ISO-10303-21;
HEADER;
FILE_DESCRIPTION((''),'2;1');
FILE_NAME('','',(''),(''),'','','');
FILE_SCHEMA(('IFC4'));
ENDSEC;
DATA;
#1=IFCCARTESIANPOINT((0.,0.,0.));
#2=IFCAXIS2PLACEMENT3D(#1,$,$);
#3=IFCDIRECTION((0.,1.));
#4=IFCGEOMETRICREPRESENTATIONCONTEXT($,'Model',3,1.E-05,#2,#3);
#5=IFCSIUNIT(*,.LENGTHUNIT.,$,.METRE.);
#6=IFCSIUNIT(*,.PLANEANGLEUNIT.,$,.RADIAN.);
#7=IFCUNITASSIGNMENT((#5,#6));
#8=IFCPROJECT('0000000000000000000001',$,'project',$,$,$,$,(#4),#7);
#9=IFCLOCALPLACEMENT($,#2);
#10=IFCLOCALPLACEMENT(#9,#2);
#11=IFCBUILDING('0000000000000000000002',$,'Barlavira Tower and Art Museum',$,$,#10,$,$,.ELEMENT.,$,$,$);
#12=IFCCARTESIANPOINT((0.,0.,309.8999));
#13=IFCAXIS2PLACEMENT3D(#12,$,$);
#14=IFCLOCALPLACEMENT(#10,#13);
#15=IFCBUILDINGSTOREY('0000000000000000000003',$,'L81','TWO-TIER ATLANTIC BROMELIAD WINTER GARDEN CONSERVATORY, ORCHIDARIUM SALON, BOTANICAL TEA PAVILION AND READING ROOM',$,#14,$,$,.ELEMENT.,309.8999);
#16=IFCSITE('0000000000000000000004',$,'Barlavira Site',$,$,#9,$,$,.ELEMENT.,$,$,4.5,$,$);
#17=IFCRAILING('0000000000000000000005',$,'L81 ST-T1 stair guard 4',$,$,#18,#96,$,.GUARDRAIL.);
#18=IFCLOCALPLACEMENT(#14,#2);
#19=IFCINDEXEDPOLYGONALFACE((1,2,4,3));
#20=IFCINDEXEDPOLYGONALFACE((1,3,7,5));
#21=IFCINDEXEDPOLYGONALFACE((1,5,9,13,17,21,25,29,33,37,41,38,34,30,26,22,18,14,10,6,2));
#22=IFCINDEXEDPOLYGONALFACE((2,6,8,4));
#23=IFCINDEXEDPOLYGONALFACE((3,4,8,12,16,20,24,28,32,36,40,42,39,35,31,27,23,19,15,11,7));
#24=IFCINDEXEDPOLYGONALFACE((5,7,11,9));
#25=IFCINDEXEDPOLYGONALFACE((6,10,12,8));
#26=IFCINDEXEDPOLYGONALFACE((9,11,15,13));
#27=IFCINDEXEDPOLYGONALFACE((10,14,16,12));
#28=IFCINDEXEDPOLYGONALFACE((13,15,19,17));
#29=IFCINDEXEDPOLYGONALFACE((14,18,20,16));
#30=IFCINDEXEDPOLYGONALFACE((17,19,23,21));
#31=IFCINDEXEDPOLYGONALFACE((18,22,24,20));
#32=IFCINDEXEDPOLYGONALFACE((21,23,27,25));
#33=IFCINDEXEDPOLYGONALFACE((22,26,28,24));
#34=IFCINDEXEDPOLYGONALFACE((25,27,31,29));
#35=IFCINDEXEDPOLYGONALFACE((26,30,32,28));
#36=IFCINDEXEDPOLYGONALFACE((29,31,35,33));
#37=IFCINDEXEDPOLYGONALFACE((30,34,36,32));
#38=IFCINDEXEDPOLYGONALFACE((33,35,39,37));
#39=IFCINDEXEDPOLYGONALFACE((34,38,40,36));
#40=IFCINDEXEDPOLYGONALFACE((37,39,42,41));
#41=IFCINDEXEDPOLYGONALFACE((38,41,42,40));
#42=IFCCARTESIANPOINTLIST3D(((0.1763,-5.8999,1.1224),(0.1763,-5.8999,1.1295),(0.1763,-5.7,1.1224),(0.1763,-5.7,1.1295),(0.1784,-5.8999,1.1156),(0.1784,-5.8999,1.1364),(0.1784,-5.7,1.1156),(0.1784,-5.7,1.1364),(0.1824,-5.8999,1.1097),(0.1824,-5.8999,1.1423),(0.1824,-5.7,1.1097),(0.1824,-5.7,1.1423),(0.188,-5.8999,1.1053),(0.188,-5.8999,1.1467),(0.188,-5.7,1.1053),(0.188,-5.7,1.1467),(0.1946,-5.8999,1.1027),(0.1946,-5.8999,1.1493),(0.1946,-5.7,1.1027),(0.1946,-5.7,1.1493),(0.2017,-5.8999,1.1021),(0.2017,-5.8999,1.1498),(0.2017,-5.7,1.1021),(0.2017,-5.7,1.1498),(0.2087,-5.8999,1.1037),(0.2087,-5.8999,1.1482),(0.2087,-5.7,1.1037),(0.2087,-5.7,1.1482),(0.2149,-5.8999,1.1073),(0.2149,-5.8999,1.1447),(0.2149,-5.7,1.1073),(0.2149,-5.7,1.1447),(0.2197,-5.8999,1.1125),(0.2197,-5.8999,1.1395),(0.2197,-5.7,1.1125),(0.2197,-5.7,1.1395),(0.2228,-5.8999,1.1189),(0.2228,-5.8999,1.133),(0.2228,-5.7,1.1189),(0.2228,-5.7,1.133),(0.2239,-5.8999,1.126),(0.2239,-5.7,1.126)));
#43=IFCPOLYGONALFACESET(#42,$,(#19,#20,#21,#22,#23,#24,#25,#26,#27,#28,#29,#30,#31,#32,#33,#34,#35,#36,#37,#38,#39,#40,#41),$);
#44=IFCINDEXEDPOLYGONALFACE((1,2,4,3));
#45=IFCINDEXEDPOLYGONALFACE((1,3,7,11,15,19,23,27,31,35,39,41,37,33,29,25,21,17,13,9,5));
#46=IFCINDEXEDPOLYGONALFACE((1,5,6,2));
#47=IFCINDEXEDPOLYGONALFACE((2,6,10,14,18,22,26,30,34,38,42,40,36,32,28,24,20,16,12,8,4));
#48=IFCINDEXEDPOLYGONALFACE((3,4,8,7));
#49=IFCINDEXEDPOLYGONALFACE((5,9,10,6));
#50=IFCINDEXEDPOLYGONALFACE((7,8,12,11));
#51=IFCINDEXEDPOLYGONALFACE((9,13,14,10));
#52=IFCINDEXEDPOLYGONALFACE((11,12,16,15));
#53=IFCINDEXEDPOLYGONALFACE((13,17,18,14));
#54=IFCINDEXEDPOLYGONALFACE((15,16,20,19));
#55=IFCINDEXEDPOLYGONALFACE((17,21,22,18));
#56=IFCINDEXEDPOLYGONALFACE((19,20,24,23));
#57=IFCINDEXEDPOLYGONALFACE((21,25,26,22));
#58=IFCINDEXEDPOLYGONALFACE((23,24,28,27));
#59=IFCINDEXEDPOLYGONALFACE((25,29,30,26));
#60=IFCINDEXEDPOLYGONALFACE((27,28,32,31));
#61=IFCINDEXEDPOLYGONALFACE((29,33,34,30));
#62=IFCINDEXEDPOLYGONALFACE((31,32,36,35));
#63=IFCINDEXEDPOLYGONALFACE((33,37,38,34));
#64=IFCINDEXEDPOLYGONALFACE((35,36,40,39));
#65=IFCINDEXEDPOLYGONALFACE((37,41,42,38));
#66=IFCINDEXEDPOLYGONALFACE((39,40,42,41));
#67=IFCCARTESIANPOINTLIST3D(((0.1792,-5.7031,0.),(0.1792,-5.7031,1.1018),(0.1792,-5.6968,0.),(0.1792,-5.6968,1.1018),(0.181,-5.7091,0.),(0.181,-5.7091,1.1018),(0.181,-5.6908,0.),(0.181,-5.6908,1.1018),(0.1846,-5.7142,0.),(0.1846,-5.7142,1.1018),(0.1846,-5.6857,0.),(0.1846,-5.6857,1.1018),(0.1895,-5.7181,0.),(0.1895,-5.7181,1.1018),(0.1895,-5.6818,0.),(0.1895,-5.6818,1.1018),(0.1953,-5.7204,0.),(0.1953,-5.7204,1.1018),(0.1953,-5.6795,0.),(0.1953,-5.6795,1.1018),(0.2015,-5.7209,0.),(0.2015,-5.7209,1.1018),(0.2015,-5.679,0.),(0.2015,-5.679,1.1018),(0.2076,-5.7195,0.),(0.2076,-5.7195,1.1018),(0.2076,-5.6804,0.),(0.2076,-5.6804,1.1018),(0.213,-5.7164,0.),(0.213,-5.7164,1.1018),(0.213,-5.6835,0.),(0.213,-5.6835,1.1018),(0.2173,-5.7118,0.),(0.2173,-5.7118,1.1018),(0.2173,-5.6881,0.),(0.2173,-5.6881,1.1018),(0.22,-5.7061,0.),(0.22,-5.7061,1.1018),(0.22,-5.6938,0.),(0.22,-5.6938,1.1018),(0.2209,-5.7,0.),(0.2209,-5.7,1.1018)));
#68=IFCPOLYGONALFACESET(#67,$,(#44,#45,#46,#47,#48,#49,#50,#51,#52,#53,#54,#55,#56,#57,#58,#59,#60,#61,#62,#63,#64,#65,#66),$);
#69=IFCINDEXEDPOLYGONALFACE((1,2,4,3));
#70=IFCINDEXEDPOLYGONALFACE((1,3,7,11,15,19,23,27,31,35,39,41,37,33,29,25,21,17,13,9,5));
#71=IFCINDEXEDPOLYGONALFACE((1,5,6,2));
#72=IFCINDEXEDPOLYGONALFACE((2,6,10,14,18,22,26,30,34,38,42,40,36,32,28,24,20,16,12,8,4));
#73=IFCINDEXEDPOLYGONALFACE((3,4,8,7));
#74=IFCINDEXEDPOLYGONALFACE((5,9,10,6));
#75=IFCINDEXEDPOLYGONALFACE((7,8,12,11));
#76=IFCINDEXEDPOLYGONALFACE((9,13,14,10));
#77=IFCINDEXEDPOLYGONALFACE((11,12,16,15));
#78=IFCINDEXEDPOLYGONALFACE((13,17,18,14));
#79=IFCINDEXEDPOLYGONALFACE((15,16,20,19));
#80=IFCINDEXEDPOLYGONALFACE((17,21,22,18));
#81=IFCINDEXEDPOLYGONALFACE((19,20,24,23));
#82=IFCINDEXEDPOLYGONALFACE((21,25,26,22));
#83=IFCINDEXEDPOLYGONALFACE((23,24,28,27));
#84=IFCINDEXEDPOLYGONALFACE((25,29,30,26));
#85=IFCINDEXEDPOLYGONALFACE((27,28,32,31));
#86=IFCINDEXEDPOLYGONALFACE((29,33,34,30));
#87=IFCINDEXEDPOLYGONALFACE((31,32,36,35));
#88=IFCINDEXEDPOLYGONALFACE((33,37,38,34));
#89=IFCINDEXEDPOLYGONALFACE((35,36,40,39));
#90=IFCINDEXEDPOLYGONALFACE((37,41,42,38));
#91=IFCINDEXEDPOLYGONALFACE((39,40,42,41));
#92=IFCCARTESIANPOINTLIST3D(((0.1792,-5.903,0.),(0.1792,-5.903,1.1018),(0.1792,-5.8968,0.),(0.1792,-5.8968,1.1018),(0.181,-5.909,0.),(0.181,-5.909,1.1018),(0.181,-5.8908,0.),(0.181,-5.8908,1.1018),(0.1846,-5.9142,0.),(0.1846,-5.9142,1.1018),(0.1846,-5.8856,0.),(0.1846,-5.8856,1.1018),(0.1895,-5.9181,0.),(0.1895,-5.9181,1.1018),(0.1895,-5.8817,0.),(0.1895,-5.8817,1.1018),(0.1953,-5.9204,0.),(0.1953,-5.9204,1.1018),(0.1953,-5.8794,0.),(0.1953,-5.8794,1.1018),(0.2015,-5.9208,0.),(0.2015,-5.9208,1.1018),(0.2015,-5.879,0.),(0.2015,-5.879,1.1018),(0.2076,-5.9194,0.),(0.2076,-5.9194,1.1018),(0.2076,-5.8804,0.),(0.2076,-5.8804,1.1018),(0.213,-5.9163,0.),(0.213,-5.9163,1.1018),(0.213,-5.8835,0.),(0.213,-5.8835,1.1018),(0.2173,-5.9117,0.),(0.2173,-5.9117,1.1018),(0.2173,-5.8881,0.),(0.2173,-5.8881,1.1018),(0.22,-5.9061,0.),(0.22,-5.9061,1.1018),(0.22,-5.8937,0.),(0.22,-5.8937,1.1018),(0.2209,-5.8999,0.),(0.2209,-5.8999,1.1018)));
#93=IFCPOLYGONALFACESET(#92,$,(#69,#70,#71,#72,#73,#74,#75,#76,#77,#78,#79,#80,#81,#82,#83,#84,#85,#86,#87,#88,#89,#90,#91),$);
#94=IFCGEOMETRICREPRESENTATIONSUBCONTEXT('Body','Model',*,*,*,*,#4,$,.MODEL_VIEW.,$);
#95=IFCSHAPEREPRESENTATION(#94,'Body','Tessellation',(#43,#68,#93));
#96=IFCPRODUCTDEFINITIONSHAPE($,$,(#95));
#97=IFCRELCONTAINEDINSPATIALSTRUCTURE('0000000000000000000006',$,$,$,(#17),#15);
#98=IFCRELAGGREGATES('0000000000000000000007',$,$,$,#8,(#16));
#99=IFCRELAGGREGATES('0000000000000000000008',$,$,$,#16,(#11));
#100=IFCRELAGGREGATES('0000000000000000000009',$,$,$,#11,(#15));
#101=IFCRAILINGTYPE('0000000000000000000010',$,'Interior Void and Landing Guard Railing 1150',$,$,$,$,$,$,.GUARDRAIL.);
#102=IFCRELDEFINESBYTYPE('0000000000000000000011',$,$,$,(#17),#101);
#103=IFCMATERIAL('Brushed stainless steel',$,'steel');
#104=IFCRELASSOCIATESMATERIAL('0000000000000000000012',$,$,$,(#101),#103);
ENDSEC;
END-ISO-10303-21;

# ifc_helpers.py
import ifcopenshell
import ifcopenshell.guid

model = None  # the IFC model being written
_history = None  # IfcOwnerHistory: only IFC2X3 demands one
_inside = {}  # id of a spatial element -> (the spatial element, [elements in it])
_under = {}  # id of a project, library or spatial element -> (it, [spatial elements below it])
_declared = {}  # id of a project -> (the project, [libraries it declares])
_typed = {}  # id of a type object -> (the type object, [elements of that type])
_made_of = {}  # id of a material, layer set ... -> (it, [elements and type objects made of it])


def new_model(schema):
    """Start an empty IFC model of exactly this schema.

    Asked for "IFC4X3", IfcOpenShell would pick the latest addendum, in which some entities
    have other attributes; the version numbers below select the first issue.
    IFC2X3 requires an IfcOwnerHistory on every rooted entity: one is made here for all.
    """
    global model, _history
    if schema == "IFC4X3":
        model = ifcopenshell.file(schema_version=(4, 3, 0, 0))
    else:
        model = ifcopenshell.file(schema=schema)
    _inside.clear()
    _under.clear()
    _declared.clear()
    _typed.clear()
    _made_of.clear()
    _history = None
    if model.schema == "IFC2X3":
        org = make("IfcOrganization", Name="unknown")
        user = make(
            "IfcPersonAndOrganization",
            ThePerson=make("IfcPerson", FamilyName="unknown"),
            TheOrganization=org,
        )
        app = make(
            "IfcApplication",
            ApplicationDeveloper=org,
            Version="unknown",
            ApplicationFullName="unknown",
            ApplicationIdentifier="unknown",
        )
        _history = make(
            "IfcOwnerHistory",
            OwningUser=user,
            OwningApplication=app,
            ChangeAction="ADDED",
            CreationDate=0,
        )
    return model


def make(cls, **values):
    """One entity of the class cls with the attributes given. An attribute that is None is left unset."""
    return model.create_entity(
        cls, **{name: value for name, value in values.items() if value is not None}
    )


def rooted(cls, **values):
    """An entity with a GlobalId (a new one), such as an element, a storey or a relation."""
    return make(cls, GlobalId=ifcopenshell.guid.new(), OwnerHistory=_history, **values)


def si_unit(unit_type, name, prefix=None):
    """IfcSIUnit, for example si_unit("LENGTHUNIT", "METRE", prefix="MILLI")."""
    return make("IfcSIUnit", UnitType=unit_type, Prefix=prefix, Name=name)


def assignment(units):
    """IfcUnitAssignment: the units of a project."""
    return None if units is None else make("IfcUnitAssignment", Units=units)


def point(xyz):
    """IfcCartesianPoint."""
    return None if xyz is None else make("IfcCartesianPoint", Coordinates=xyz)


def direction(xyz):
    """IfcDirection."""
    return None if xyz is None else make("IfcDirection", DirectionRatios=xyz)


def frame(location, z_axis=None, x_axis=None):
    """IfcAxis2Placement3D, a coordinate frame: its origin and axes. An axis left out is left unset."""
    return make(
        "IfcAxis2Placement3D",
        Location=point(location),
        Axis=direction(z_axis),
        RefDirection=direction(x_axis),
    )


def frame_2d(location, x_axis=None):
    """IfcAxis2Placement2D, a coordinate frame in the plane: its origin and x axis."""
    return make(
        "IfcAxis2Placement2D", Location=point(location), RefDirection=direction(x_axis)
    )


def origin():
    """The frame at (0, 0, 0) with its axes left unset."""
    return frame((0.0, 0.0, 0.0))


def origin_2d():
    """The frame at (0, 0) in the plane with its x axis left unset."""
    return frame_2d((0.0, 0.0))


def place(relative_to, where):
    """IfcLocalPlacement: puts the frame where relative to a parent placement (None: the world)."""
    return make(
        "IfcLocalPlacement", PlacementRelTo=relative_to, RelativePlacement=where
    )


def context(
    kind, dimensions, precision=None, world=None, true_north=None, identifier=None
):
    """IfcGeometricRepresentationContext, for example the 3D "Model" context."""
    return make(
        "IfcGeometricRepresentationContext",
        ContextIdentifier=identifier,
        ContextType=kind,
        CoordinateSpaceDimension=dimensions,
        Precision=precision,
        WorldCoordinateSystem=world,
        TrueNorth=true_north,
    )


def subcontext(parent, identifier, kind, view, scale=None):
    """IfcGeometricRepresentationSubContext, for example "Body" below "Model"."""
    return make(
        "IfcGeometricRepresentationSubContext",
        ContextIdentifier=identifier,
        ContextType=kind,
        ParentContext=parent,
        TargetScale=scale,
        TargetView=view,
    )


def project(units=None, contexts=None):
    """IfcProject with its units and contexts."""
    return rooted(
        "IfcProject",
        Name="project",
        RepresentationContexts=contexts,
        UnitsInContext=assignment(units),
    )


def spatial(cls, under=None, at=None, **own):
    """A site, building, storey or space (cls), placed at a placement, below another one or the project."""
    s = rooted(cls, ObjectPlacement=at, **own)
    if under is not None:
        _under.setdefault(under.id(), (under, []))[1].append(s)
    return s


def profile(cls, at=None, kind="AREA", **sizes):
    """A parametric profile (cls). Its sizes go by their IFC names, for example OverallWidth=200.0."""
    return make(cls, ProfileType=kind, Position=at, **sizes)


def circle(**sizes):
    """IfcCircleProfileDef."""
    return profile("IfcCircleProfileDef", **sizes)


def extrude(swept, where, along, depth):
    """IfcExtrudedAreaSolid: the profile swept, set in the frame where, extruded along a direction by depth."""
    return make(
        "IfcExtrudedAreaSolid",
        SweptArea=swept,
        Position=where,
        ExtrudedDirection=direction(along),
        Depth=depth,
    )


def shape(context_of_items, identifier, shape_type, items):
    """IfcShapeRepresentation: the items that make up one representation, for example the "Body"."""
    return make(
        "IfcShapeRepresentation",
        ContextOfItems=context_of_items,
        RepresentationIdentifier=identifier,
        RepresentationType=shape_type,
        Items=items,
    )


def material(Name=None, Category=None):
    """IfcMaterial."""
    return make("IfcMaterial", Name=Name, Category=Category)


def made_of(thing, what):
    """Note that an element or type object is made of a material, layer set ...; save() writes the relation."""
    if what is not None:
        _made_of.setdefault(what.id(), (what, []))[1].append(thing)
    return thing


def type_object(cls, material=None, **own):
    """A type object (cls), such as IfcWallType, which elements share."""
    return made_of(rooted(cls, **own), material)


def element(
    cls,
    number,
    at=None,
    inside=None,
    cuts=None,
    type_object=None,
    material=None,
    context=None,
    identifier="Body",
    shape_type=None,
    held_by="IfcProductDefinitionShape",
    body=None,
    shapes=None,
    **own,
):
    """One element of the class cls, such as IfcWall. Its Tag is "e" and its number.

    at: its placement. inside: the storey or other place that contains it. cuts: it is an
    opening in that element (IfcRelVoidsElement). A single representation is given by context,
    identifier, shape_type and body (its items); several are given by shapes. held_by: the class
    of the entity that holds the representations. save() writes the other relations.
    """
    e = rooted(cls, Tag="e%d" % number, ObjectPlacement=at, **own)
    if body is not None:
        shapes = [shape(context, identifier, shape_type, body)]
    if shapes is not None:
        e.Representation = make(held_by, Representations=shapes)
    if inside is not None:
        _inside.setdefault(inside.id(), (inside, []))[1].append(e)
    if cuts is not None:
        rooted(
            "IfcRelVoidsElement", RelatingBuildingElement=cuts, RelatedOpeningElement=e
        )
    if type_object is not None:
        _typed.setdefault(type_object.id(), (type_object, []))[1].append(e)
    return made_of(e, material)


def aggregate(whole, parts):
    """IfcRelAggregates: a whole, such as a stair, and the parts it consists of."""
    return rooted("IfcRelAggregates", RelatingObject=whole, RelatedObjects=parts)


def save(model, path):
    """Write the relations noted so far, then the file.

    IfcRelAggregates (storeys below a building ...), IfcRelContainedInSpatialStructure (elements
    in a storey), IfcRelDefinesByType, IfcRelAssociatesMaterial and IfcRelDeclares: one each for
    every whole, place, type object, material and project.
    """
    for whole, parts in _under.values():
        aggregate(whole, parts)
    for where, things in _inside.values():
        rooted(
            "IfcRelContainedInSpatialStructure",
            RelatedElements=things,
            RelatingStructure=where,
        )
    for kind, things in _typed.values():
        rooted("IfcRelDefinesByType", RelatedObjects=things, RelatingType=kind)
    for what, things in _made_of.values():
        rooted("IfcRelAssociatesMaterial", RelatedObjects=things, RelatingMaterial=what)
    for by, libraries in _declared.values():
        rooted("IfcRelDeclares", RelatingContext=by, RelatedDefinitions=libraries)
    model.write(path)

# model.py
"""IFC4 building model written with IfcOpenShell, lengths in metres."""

from ifc_helpers import new_model, si_unit, direction, frame, origin, origin_2d, place, context, subcontext, project, spatial, circle, extrude, material, type_object, element, save


model = new_model("IFC4")

# Units and contexts
model_context = context("Model", 3, precision=1e-05, world=origin(), true_north=direction((0.0, 1.0)))
body_context = subcontext(model_context, "Body", "Model", "MODEL_VIEW")
ifc_project = project(units=[si_unit("LENGTHUNIT", "METRE"), si_unit("PLANEANGLEUNIT", "RADIAN")], contexts=[model_context])

# Site, building, storey
site_placement = place(None, origin())
site = spatial("IfcSite", under=ifc_project, at=site_placement, Name="Barlavira Site", CompositionType="ELEMENT", RefElevation=4.5)
building_placement = place(site_placement, origin())
building = spatial("IfcBuilding", under=site, at=building_placement, Name="Barlavira Tower and Art Museum", CompositionType="ELEMENT")
storey_placement = place(building_placement, frame((0.0, 0.0, 309.8999)))
storey = spatial("IfcBuildingStorey", under=building, at=storey_placement, Name="L81", Description="TWO-TIER ATLANTIC BROMELIAD WINTER GARDEN CONSERVATORY, ORCHIDARIUM SALON, BOTANICAL TEA PAVILION AND READING ROOM", CompositionType="ELEMENT", Elevation=309.8999)

# Shared definitions
ifc_material_1 = material(Name="Brushed stainless steel", Category="steel")

# Railing
railing_type_1 = type_object("IfcRailingType", Name="Interior Void and Landing Guard Railing 1150", PredefinedType="GUARDRAIL", material=ifc_material_1)
railing_1_placement = place(storey_placement, frame((0.2, -5.7, 0.0)))
element("IfcRailing", 1, at=railing_1_placement, inside=storey, type_object=railing_type_1, Name="L81 ST-T1 stair guard 4", PredefinedType="GUARDRAIL", context=body_context, shape_type="SweptSolid", body=[
    extrude(circle(Radius=0.0239, at=origin_2d()), frame((0.0, 0.0, 1.126), z_axis=(0.0, -1.0, 0.0), x_axis=(1.0, 0.0, 0.0)), (0.0, 0.0, 1.0), 0.2),
    extrude(circle(Radius=0.021, at=origin_2d()), origin(), (0.0, 0.0, 1.0), 1.1018),
    extrude(circle(Radius=0.021, at=origin_2d()), frame((0.0, -0.2, 0.0)), (0.0, 0.0, 1.0), 1.1018),
])

save(model, "model.ifc")
